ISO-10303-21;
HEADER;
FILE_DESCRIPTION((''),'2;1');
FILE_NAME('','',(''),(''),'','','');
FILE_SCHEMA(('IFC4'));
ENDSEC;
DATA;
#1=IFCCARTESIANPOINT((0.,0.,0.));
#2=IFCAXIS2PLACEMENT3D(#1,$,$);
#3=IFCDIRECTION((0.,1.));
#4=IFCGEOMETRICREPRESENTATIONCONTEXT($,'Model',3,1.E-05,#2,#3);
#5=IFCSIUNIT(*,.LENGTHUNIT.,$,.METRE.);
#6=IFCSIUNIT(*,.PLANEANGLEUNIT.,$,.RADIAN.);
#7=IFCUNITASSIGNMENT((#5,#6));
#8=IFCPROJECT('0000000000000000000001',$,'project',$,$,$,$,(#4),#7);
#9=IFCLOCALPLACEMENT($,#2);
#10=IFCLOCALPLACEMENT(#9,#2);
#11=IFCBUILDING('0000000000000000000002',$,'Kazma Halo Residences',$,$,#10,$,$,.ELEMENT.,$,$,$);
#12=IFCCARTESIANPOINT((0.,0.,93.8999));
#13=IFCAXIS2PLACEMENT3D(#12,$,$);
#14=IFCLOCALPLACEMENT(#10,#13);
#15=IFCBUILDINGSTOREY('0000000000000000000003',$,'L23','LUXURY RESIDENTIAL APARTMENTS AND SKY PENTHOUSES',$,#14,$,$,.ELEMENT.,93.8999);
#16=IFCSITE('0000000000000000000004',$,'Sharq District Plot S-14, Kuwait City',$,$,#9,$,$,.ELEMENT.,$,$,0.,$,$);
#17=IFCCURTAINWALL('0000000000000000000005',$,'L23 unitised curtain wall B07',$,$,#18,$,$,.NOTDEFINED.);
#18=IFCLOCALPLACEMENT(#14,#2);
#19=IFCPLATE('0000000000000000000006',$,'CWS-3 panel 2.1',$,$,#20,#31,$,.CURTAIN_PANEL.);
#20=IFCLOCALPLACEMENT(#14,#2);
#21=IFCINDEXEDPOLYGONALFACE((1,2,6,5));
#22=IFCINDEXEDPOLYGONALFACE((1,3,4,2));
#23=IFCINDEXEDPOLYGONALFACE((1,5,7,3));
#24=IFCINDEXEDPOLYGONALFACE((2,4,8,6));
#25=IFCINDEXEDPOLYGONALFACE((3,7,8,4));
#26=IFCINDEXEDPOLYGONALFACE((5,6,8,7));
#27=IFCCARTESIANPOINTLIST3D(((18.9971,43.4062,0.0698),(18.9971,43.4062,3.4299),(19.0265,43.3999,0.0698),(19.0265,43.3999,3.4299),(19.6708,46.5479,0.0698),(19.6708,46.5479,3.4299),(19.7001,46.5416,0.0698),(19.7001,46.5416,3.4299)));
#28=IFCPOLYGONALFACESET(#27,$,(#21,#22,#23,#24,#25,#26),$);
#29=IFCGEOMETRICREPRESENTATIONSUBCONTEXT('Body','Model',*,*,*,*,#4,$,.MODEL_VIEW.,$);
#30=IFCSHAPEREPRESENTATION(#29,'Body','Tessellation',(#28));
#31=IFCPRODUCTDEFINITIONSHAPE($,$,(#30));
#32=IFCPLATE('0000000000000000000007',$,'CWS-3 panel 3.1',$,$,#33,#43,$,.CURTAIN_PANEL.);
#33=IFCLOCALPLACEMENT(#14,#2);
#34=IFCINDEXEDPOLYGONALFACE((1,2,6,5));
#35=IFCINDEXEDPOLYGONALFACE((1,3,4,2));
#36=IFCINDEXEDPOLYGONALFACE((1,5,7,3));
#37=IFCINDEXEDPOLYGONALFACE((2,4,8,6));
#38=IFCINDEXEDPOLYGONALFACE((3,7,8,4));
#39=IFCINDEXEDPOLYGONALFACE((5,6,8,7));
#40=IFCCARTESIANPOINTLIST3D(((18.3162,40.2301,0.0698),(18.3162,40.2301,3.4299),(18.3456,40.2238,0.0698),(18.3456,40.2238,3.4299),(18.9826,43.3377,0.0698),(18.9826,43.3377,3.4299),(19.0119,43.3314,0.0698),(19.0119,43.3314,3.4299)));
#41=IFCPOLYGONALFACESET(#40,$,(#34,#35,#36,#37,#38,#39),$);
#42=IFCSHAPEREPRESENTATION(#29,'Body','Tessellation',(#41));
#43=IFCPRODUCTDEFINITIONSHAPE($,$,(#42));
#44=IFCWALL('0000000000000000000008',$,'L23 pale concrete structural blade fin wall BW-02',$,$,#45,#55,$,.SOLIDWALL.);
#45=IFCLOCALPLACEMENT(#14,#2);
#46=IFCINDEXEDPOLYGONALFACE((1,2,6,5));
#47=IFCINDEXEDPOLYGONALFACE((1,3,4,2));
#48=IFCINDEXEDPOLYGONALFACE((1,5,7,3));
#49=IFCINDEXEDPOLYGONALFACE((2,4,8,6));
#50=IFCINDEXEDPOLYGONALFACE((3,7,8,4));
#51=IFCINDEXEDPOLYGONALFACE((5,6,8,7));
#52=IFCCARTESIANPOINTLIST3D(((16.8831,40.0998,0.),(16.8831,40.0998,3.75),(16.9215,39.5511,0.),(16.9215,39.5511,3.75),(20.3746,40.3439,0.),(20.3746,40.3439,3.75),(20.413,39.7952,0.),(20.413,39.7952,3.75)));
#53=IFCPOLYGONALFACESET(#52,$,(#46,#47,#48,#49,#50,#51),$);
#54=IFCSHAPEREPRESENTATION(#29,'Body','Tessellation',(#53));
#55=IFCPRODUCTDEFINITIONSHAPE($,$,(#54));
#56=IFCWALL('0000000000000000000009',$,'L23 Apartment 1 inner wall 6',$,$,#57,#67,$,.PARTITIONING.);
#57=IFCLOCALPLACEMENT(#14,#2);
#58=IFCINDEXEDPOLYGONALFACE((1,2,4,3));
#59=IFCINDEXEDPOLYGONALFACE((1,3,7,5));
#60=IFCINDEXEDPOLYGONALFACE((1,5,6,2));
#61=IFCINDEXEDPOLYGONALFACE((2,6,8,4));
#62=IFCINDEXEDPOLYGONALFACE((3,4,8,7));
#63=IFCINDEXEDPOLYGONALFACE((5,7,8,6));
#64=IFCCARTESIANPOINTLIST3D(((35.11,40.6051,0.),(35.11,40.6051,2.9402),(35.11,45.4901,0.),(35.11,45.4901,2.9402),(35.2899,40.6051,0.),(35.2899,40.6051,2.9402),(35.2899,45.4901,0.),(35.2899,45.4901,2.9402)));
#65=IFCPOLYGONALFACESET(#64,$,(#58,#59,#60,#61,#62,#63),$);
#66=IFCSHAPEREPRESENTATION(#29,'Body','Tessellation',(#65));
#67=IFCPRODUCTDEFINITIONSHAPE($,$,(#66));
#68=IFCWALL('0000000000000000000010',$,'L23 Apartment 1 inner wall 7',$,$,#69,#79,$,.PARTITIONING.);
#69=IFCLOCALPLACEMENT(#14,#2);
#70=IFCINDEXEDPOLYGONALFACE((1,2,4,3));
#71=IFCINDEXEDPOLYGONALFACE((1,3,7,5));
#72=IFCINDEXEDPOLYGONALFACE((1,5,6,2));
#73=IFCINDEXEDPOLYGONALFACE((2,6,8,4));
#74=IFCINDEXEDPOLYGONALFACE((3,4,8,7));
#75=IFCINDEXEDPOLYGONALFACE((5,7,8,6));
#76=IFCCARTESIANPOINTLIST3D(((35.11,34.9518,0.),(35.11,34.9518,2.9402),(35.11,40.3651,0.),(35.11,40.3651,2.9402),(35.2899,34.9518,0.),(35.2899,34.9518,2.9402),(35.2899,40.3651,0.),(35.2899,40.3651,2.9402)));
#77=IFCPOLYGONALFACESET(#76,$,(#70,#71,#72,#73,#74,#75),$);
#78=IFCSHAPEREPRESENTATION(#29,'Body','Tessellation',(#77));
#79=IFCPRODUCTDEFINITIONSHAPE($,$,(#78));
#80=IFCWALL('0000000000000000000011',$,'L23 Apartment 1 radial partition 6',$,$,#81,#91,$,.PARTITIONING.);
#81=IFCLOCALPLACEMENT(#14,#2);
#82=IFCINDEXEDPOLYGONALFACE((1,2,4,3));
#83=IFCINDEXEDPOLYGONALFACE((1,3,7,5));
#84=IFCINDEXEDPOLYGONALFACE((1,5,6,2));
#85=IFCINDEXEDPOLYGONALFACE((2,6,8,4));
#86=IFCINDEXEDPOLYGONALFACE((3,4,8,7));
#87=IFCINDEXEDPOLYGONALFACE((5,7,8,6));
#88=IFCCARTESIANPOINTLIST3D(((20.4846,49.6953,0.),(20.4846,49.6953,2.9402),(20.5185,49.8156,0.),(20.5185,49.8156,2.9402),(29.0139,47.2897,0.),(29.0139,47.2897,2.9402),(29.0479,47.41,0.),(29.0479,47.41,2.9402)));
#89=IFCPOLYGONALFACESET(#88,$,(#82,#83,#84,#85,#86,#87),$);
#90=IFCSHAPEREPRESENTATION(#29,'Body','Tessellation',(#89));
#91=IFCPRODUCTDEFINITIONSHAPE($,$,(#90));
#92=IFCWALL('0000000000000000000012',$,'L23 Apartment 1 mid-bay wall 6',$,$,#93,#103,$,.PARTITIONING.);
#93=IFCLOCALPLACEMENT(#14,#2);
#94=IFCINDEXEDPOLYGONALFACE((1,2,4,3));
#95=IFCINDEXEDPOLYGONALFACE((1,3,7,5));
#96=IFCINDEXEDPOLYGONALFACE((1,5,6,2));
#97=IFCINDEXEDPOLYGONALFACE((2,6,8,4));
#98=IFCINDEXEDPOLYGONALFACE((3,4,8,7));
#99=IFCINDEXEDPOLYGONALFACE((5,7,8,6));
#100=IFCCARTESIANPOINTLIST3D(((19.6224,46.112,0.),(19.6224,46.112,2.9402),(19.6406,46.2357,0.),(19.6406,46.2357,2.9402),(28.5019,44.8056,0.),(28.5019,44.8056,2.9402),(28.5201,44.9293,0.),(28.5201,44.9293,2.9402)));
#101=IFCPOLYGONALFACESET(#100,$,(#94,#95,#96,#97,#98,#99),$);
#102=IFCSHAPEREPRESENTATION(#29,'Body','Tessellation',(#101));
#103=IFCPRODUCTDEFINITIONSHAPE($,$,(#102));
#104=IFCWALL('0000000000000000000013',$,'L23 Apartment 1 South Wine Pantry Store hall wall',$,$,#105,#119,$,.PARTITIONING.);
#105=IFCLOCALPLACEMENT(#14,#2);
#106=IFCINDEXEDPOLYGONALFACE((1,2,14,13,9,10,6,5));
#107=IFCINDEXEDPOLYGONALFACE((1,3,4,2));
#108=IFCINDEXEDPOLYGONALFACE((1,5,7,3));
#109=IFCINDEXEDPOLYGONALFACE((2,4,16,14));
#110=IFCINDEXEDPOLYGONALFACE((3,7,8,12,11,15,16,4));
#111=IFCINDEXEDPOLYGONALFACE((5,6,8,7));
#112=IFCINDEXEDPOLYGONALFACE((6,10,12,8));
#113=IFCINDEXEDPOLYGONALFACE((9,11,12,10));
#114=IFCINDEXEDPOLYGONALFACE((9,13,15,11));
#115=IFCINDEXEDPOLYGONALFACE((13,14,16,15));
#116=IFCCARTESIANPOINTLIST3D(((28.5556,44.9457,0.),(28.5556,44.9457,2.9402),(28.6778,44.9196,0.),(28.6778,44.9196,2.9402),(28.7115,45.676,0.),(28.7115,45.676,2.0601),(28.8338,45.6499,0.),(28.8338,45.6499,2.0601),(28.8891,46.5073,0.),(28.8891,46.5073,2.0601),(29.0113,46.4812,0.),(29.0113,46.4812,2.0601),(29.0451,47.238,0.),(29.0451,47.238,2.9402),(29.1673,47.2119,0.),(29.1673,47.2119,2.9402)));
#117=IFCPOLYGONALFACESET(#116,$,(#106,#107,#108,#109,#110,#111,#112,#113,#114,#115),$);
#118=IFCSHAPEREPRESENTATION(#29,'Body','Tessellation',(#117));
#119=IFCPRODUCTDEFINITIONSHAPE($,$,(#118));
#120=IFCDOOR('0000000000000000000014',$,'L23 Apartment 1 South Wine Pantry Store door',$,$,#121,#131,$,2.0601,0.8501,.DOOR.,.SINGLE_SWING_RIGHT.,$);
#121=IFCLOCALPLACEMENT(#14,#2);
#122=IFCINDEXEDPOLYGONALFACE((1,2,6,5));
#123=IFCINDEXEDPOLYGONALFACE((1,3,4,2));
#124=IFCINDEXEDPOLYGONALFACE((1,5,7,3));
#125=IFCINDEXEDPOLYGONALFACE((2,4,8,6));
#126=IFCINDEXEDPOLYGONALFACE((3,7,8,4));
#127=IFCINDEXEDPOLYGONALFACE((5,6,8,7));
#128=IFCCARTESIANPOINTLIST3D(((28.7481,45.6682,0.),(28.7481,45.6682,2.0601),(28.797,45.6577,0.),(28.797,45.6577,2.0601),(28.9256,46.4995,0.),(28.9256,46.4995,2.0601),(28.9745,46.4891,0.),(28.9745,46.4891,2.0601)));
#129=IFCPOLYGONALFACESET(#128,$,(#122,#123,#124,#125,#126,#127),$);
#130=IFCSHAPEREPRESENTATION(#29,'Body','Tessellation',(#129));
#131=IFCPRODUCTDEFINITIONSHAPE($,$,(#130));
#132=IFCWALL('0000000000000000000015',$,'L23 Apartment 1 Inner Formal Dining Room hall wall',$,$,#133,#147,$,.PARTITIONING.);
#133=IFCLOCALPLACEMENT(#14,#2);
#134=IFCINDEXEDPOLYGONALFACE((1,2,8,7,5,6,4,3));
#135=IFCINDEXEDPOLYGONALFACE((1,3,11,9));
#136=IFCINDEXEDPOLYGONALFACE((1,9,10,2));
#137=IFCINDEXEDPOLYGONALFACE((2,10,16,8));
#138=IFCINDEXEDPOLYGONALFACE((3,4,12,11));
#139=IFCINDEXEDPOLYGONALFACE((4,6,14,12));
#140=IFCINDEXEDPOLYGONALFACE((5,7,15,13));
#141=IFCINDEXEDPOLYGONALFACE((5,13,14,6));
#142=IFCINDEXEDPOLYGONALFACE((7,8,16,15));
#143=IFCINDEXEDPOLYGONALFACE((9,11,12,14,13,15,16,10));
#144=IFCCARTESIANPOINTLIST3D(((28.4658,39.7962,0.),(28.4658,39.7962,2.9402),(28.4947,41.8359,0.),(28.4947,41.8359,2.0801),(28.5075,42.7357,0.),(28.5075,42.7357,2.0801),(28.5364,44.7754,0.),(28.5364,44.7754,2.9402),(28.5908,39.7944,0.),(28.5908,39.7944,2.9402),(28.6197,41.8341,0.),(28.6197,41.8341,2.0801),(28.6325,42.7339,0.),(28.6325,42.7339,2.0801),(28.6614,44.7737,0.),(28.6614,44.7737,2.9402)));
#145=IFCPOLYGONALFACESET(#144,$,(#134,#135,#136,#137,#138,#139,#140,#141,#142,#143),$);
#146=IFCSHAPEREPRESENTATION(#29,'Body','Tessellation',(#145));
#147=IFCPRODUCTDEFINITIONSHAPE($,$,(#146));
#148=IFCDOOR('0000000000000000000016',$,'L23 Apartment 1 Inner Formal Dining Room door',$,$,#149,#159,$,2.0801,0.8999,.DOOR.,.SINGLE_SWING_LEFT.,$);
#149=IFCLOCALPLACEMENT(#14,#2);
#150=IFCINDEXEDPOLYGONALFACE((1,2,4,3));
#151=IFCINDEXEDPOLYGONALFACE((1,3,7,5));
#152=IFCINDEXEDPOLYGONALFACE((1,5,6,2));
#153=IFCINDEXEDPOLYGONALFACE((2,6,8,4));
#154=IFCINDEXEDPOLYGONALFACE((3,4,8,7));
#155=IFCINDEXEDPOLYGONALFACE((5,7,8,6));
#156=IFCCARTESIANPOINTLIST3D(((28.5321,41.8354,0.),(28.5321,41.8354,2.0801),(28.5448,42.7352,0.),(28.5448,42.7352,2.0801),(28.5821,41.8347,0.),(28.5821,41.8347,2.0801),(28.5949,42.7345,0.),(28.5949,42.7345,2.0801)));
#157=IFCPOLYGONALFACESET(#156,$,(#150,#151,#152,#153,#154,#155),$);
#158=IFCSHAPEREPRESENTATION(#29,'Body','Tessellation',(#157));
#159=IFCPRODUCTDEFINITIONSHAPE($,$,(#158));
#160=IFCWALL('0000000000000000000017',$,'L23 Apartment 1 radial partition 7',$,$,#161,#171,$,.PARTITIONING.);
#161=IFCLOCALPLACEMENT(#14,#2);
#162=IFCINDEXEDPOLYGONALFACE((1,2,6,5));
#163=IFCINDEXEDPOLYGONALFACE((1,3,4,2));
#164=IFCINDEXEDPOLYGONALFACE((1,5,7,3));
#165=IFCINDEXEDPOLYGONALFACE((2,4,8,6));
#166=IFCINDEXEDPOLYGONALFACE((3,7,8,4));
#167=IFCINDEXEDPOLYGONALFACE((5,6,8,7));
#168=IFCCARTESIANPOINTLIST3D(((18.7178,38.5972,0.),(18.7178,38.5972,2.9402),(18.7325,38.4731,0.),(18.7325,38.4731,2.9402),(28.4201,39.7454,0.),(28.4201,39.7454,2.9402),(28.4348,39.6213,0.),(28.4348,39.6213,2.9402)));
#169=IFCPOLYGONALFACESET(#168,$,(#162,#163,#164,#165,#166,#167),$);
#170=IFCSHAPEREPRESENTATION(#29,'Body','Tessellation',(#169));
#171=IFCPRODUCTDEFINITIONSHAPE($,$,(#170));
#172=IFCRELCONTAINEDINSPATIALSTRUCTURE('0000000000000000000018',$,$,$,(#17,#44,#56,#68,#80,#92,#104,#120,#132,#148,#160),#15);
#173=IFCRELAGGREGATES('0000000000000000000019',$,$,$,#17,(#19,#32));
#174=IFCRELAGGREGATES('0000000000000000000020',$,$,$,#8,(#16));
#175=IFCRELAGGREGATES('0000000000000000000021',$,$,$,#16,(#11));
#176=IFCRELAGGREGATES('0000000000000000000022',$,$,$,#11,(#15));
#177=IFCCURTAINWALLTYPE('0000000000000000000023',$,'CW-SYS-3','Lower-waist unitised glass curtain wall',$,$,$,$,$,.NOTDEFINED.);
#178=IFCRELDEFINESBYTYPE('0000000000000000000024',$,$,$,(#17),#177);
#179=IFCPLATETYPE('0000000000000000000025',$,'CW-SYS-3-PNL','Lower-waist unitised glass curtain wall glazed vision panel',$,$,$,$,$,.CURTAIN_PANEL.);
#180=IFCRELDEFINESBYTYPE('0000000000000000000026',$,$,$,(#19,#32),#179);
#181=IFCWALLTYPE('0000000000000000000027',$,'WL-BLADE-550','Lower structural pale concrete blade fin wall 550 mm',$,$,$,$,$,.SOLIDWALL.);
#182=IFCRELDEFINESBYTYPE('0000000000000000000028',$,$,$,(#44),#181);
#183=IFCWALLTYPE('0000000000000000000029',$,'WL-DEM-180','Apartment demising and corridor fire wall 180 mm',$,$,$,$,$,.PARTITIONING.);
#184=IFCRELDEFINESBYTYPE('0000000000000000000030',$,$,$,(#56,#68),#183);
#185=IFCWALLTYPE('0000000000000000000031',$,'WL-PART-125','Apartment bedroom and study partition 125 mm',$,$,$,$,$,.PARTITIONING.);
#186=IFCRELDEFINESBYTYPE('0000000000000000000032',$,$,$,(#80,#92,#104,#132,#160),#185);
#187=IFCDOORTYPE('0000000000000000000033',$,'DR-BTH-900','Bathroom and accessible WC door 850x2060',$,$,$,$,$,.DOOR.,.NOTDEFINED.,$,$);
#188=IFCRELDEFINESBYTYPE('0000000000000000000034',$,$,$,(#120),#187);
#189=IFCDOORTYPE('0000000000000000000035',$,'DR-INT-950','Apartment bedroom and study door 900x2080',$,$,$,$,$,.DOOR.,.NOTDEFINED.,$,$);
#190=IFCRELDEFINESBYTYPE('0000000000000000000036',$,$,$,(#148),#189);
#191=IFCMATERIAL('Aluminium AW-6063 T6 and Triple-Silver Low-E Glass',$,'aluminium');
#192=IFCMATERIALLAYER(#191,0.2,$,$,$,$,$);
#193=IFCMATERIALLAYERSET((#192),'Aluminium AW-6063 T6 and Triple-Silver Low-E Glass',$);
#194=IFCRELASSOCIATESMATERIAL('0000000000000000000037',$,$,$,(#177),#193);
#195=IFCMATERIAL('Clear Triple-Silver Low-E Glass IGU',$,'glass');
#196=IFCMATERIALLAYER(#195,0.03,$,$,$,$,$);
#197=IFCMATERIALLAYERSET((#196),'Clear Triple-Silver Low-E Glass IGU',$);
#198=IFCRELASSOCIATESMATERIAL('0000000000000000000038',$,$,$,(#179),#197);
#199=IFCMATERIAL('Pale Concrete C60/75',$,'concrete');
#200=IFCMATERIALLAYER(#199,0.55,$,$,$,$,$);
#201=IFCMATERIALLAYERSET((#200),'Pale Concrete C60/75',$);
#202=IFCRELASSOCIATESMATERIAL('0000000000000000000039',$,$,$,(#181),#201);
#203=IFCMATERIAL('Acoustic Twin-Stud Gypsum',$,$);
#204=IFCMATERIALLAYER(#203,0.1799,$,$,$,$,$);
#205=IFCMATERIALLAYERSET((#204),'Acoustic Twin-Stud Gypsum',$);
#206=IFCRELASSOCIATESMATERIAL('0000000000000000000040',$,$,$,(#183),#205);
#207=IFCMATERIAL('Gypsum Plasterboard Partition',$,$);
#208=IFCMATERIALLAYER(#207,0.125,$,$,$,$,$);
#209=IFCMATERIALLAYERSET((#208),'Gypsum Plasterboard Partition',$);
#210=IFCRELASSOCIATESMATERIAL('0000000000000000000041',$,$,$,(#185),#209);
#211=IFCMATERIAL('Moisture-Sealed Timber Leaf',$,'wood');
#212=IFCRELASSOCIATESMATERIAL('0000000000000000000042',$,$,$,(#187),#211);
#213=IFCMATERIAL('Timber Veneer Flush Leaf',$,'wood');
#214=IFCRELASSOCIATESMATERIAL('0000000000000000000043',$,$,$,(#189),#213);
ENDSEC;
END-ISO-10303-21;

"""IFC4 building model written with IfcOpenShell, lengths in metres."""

from ifc_helpers import new_model, si_unit, direction, frame, frame_2d, origin, origin_2d, place, context, subcontext, project, spatial, rectangle, extrude, material, layer, layer_set, type_object, element, fill, aggregate, save


model = new_model("IFC4")

# Units and contexts
model_context = context("Model", 3, precision=1e-05, world=origin(), true_north=direction((0.0, 1.0)))
body_context = subcontext(model_context, "Body", "Model", "MODEL_VIEW")
ifc_project = project(units=[si_unit("LENGTHUNIT", "METRE"), si_unit("PLANEANGLEUNIT", "RADIAN")], contexts=[model_context])

# Site, building, storey
site_placement = place(None, origin())
site = spatial("IfcSite", under=ifc_project, at=site_placement, Name="Sharq District Plot S-14, Kuwait City", CompositionType="ELEMENT", RefElevation=0.0)
building_placement = place(site_placement, origin())
building = spatial("IfcBuilding", under=site, at=building_placement, Name="Kazma Halo Residences", CompositionType="ELEMENT")
storey_placement = place(building_placement, frame((0.0, 0.0, 93.8999)))
storey = spatial("IfcBuildingStorey", under=building, at=storey_placement, Name="L23", Description="LUXURY RESIDENTIAL APARTMENTS AND SKY PENTHOUSES", CompositionType="ELEMENT", Elevation=93.8999)

# Curtain wall
ifc_material_1 = material(Name="Aluminium AW-6063 T6 and Triple-Silver Low-E Glass", Category="aluminium")
ifc_layer_1 = layer(ifc_material_1, 0.2)
ifc_layer_set_1 = layer_set([ifc_layer_1], Name="Aluminium AW-6063 T6 and Triple-Silver Low-E Glass")
curtain_wall_type = type_object("IfcCurtainWallType", Name="CW-SYS-3", Description="Lower-waist unitised glass curtain wall", PredefinedType="NOTDEFINED", material=ifc_layer_set_1)
curtain_wall_1_placement = place(storey_placement, origin())
curtain_wall_1 = element("IfcCurtainWall", 1, at=curtain_wall_1_placement, inside=storey, type_object=curtain_wall_type, Name="L23 unitised curtain wall B07", PredefinedType="NOTDEFINED")

# Plates
ifc_material_2 = material(Name="Clear Triple-Silver Low-E Glass IGU", Category="glass")
ifc_layer_2 = layer(ifc_material_2, 0.03)
ifc_layer_set_2 = layer_set([ifc_layer_2], Name="Clear Triple-Silver Low-E Glass IGU")
plate_type = type_object("IfcPlateType", Name="CW-SYS-3-PNL", Description="Lower-waist unitised glass curtain wall glazed vision panel", PredefinedType="CURTAIN_PANEL", material=ifc_layer_set_2)
plate_1_placement = place(storey_placement, frame((19.3486, 44.9739, 0.0698), z_axis=(0.0, 0.0, 1.0), x_axis=(-0.209661, -0.977774, 0.0)))
plate_1 = element("IfcPlate", 2, at=plate_1_placement, type_object=plate_type, Name="CWS-3 panel 2.1", PredefinedType="CURTAIN_PANEL", context=body_context, shape_type="SweptSolid", body=[
    extrude(rectangle(XDim=3.2131, YDim=0.03, at=origin_2d()), origin(), (0.0, 0.0, 1.0), 3.3601),
])
plate_2_placement = place(storey_placement, frame((18.6641, 41.7808, 0.0698), z_axis=(0.0, 0.0, 1.0), x_axis=(-0.209661, -0.977774, 0.0)))
plate_2 = element("IfcPlate", 3, at=plate_2_placement, type_object=plate_type, Name="CWS-3 panel 3.1", PredefinedType="CURTAIN_PANEL", context=body_context, shape_type="SweptSolid", body=[
    extrude(rectangle(XDim=3.1782, YDim=0.03, at=origin_2d()), origin(), (0.0, 0.0, 1.0), 3.3601),
])
aggregate(curtain_wall_1, [plate_1, plate_2])

# Walls
ifc_material_3 = material(Name="Pale Concrete C60/75", Category="concrete")
ifc_layer_3 = layer(ifc_material_3, 0.55)
ifc_layer_set_3 = layer_set([ifc_layer_3], Name="Pale Concrete C60/75")
wall_type_1 = type_object("IfcWallType", Name="WL-BLADE-550", Description="Lower structural pale concrete blade fin wall 550 mm", PredefinedType="SOLIDWALL", material=ifc_layer_set_3)
wall_1_placement = place(storey_placement, frame((20.3938, 40.0696, 0.0), z_axis=(0.0, 0.0, 1.0), x_axis=(-0.997564, -0.069755, 0.0)))
element("IfcWall", 4, at=wall_1_placement, inside=storey, type_object=wall_type_1, Name="L23 pale concrete structural blade fin wall BW-02", PredefinedType="SOLIDWALL", context=body_context, shape_type="SweptSolid", body=[
    extrude(rectangle(XDim=3.5, YDim=0.55, at=frame_2d((1.75, 0.0))), origin(), (0.0, 0.0, 1.0), 3.75),
])
ifc_material_4 = material(Name="Acoustic Twin-Stud Gypsum")
ifc_layer_4 = layer(ifc_material_4, 0.1799)
ifc_layer_set_4 = layer_set([ifc_layer_4], Name="Acoustic Twin-Stud Gypsum")
wall_type_2 = type_object("IfcWallType", Name="WL-DEM-180", Description="Apartment demising and corridor fire wall 180 mm", PredefinedType="PARTITIONING", material=ifc_layer_set_4)
wall_2_placement = place(storey_placement, frame((35.2, 45.49, 0.0), z_axis=(0.0, 0.0, 1.0), x_axis=(0.0, -1.0, 0.0)))
element("IfcWall", 5, at=wall_2_placement, inside=storey, type_object=wall_type_2, Name="L23 Apartment 1 inner wall 6", PredefinedType="PARTITIONING", context=body_context, shape_type="SweptSolid", body=[
    extrude(rectangle(XDim=4.885, YDim=0.1799, at=frame_2d((2.4424, 0.0))), origin(), (0.0, 0.0, 1.0), 2.9402),
])
wall_3_placement = place(storey_placement, frame((35.2, 40.365, 0.0), z_axis=(0.0, 0.0, 1.0), x_axis=(0.0, -1.0, 0.0)))
element("IfcWall", 6, at=wall_3_placement, inside=storey, type_object=wall_type_2, Name="L23 Apartment 1 inner wall 7", PredefinedType="PARTITIONING", context=body_context, shape_type="SweptSolid", body=[
    extrude(rectangle(XDim=5.4133, YDim=0.1799, at=frame_2d((2.7065, 0.0))), origin(), (0.0, 0.0, 1.0), 2.9402),
])
ifc_material_5 = material(Name="Gypsum Plasterboard Partition")
ifc_layer_5 = layer(ifc_material_5, 0.125)
ifc_layer_set_5 = layer_set([ifc_layer_5], Name="Gypsum Plasterboard Partition")
wall_type_3 = type_object("IfcWallType", Name="WL-PART-125", Description="Apartment bedroom and study partition 125 mm", PredefinedType="PARTITIONING", material=ifc_layer_set_5)
wall_4_placement = place(storey_placement, frame((29.031, 47.3499, 0.0), z_axis=(0.0, 0.0, 1.0), x_axis=(-0.962455, 0.271441, 0.0)))
element("IfcWall", 7, at=wall_4_placement, inside=storey, type_object=wall_type_3, Name="L23 Apartment 1 radial partition 6", PredefinedType="PARTITIONING", context=body_context, shape_type="SweptSolid", body=[
    extrude(rectangle(XDim=8.8621, YDim=0.125, at=frame_2d((4.4312, 0.0))), origin(), (0.0, 0.0, 1.0), 2.9402),
])
wall_5_placement = place(storey_placement, frame((28.511, 44.8674, 0.0), z_axis=(0.0, 0.0, 1.0), x_axis=(-0.989349, 0.14556, 0.0)))
element("IfcWall", 8, at=wall_5_placement, inside=storey, type_object=wall_type_3, Name="L23 Apartment 1 mid-bay wall 6", PredefinedType="PARTITIONING", context=body_context, shape_type="SweptSolid", body=[
    extrude(rectangle(XDim=8.9751, YDim=0.125, at=frame_2d((4.4875, 0.0))), origin(), (0.0, 0.0, 1.0), 2.9402),
])

# Walls, openings, doors
wall_6_placement = place(storey_placement, frame((29.1062, 47.2249, 0.0), z_axis=(0.0, 0.0, 1.0), x_axis=(-0.208839, -0.97795, 0.0)))
wall_6 = element("IfcWall", 9, at=wall_6_placement, inside=storey, type_object=wall_type_3, Name="L23 Apartment 1 South Wine Pantry Store hall wall", PredefinedType="PARTITIONING", context=body_context, shape_type="SweptSolid", body=[
    extrude(rectangle(XDim=2.344, YDim=0.125, at=frame_2d((1.1719, 0.0))), origin(), (0.0, 0.0, 1.0), 2.9402),
])
opening_1_placement = place(wall_6_placement, frame((0.7471, 0.0, 0.0)))
opening_1 = element("IfcOpeningElement", 10, at=opening_1_placement, cuts=wall_6, PredefinedType="OPENING", context=body_context, shape_type="SweptSolid", body=[
    extrude(rectangle(XDim=0.8501, YDim=2.0601, at=frame_2d((0.425, 1.03))), frame((0.0, 0.0725, 0.0), z_axis=(0.0, -1.0, 0.0), x_axis=(1.0, 0.0, 0.0)), (0.0, 0.0, 1.0), 0.145),
])
ifc_material_6 = material(Name="Moisture-Sealed Timber Leaf", Category="wood")
door_type_1 = type_object("IfcDoorType", Name="DR-BTH-900", Description="Bathroom and accessible WC door 850x2060", OperationType="NOTDEFINED", PredefinedType="DOOR", material=ifc_material_6)
door_1_placement = place(opening_1_placement, origin())
door_1 = element("IfcDoor", 11, at=door_1_placement, inside=storey, type_object=door_type_1, Name="L23 Apartment 1 South Wine Pantry Store door", OperationType="SINGLE_SWING_RIGHT", OverallHeight=2.0601, OverallWidth=0.8501, PredefinedType="DOOR", context=body_context, shape_type="SweptSolid", body=[
    extrude(rectangle(XDim=0.8501, YDim=2.0601, at=frame_2d((0.425, 1.03))), frame((0.0, 0.0249, 0.0), z_axis=(0.0, -1.0, 0.0), x_axis=(1.0, 0.0, 0.0)), (0.0, 0.0, 1.0), 0.05),
])
fill(opening_1, door_1)
wall_7_placement = place(storey_placement, frame((28.5989, 44.7744, 0.0), z_axis=(0.0, 0.0, 1.0), x_axis=(-0.014169, -0.9999, 0.0)))
wall_7 = element("IfcWall", 12, at=wall_7_placement, inside=storey, type_object=wall_type_3, Name="L23 Apartment 1 Inner Formal Dining Room hall wall", PredefinedType="PARTITIONING", context=body_context, shape_type="SweptSolid", body=[
    extrude(rectangle(XDim=4.9797, YDim=0.125, at=frame_2d((2.4897, 0.0))), origin(), (0.0, 0.0, 1.0), 2.9402),
])
opening_2_placement = place(wall_7_placement, frame((2.0398, 0.0, 0.0)))
opening_2 = element("IfcOpeningElement", 13, at=opening_2_placement, cuts=wall_7, PredefinedType="OPENING", context=body_context, shape_type="SweptSolid", body=[
    extrude(rectangle(XDim=0.8999, YDim=2.0801, at=frame_2d((0.45, 1.04))), frame((0.0, 0.0725, 0.0), z_axis=(0.0, -1.0, 0.0), x_axis=(1.0, 0.0, 0.0)), (0.0, 0.0, 1.0), 0.145),
])
ifc_material_7 = material(Name="Timber Veneer Flush Leaf", Category="wood")
door_type_2 = type_object("IfcDoorType", Name="DR-INT-950", Description="Apartment bedroom and study door 900x2080", OperationType="NOTDEFINED", PredefinedType="DOOR", material=ifc_material_7)
door_2_placement = place(opening_2_placement, origin())
door_2 = element("IfcDoor", 14, at=door_2_placement, inside=storey, type_object=door_type_2, Name="L23 Apartment 1 Inner Formal Dining Room door", OperationType="SINGLE_SWING_LEFT", OverallHeight=2.0801, OverallWidth=0.8999, PredefinedType="DOOR", context=body_context, shape_type="SweptSolid", body=[
    extrude(rectangle(XDim=0.8999, YDim=2.0801, at=frame_2d((0.45, 1.04))), frame((0.0, 0.0249, 0.0), z_axis=(0.0, -1.0, 0.0), x_axis=(1.0, 0.0, 0.0)), (0.0, 0.0, 1.0), 0.05),
])
fill(opening_2, door_2)

# Wall
wall_8_placement = place(storey_placement, frame((28.4275, 39.6833, 0.0), z_axis=(0.0, 0.0, 1.0), x_axis=(-0.99307, -0.117521, 0.0)))
element("IfcWall", 15, at=wall_8_placement, inside=storey, type_object=wall_type_3, Name="L23 Apartment 1 radial partition 7", PredefinedType="PARTITIONING", context=body_context, shape_type="SweptSolid", body=[
    extrude(rectangle(XDim=9.77, YDim=0.125, at=frame_2d((4.885, 0.0))), origin(), (0.0, 0.0, 1.0), 2.9402),
])

save(model, "model.ifc")
